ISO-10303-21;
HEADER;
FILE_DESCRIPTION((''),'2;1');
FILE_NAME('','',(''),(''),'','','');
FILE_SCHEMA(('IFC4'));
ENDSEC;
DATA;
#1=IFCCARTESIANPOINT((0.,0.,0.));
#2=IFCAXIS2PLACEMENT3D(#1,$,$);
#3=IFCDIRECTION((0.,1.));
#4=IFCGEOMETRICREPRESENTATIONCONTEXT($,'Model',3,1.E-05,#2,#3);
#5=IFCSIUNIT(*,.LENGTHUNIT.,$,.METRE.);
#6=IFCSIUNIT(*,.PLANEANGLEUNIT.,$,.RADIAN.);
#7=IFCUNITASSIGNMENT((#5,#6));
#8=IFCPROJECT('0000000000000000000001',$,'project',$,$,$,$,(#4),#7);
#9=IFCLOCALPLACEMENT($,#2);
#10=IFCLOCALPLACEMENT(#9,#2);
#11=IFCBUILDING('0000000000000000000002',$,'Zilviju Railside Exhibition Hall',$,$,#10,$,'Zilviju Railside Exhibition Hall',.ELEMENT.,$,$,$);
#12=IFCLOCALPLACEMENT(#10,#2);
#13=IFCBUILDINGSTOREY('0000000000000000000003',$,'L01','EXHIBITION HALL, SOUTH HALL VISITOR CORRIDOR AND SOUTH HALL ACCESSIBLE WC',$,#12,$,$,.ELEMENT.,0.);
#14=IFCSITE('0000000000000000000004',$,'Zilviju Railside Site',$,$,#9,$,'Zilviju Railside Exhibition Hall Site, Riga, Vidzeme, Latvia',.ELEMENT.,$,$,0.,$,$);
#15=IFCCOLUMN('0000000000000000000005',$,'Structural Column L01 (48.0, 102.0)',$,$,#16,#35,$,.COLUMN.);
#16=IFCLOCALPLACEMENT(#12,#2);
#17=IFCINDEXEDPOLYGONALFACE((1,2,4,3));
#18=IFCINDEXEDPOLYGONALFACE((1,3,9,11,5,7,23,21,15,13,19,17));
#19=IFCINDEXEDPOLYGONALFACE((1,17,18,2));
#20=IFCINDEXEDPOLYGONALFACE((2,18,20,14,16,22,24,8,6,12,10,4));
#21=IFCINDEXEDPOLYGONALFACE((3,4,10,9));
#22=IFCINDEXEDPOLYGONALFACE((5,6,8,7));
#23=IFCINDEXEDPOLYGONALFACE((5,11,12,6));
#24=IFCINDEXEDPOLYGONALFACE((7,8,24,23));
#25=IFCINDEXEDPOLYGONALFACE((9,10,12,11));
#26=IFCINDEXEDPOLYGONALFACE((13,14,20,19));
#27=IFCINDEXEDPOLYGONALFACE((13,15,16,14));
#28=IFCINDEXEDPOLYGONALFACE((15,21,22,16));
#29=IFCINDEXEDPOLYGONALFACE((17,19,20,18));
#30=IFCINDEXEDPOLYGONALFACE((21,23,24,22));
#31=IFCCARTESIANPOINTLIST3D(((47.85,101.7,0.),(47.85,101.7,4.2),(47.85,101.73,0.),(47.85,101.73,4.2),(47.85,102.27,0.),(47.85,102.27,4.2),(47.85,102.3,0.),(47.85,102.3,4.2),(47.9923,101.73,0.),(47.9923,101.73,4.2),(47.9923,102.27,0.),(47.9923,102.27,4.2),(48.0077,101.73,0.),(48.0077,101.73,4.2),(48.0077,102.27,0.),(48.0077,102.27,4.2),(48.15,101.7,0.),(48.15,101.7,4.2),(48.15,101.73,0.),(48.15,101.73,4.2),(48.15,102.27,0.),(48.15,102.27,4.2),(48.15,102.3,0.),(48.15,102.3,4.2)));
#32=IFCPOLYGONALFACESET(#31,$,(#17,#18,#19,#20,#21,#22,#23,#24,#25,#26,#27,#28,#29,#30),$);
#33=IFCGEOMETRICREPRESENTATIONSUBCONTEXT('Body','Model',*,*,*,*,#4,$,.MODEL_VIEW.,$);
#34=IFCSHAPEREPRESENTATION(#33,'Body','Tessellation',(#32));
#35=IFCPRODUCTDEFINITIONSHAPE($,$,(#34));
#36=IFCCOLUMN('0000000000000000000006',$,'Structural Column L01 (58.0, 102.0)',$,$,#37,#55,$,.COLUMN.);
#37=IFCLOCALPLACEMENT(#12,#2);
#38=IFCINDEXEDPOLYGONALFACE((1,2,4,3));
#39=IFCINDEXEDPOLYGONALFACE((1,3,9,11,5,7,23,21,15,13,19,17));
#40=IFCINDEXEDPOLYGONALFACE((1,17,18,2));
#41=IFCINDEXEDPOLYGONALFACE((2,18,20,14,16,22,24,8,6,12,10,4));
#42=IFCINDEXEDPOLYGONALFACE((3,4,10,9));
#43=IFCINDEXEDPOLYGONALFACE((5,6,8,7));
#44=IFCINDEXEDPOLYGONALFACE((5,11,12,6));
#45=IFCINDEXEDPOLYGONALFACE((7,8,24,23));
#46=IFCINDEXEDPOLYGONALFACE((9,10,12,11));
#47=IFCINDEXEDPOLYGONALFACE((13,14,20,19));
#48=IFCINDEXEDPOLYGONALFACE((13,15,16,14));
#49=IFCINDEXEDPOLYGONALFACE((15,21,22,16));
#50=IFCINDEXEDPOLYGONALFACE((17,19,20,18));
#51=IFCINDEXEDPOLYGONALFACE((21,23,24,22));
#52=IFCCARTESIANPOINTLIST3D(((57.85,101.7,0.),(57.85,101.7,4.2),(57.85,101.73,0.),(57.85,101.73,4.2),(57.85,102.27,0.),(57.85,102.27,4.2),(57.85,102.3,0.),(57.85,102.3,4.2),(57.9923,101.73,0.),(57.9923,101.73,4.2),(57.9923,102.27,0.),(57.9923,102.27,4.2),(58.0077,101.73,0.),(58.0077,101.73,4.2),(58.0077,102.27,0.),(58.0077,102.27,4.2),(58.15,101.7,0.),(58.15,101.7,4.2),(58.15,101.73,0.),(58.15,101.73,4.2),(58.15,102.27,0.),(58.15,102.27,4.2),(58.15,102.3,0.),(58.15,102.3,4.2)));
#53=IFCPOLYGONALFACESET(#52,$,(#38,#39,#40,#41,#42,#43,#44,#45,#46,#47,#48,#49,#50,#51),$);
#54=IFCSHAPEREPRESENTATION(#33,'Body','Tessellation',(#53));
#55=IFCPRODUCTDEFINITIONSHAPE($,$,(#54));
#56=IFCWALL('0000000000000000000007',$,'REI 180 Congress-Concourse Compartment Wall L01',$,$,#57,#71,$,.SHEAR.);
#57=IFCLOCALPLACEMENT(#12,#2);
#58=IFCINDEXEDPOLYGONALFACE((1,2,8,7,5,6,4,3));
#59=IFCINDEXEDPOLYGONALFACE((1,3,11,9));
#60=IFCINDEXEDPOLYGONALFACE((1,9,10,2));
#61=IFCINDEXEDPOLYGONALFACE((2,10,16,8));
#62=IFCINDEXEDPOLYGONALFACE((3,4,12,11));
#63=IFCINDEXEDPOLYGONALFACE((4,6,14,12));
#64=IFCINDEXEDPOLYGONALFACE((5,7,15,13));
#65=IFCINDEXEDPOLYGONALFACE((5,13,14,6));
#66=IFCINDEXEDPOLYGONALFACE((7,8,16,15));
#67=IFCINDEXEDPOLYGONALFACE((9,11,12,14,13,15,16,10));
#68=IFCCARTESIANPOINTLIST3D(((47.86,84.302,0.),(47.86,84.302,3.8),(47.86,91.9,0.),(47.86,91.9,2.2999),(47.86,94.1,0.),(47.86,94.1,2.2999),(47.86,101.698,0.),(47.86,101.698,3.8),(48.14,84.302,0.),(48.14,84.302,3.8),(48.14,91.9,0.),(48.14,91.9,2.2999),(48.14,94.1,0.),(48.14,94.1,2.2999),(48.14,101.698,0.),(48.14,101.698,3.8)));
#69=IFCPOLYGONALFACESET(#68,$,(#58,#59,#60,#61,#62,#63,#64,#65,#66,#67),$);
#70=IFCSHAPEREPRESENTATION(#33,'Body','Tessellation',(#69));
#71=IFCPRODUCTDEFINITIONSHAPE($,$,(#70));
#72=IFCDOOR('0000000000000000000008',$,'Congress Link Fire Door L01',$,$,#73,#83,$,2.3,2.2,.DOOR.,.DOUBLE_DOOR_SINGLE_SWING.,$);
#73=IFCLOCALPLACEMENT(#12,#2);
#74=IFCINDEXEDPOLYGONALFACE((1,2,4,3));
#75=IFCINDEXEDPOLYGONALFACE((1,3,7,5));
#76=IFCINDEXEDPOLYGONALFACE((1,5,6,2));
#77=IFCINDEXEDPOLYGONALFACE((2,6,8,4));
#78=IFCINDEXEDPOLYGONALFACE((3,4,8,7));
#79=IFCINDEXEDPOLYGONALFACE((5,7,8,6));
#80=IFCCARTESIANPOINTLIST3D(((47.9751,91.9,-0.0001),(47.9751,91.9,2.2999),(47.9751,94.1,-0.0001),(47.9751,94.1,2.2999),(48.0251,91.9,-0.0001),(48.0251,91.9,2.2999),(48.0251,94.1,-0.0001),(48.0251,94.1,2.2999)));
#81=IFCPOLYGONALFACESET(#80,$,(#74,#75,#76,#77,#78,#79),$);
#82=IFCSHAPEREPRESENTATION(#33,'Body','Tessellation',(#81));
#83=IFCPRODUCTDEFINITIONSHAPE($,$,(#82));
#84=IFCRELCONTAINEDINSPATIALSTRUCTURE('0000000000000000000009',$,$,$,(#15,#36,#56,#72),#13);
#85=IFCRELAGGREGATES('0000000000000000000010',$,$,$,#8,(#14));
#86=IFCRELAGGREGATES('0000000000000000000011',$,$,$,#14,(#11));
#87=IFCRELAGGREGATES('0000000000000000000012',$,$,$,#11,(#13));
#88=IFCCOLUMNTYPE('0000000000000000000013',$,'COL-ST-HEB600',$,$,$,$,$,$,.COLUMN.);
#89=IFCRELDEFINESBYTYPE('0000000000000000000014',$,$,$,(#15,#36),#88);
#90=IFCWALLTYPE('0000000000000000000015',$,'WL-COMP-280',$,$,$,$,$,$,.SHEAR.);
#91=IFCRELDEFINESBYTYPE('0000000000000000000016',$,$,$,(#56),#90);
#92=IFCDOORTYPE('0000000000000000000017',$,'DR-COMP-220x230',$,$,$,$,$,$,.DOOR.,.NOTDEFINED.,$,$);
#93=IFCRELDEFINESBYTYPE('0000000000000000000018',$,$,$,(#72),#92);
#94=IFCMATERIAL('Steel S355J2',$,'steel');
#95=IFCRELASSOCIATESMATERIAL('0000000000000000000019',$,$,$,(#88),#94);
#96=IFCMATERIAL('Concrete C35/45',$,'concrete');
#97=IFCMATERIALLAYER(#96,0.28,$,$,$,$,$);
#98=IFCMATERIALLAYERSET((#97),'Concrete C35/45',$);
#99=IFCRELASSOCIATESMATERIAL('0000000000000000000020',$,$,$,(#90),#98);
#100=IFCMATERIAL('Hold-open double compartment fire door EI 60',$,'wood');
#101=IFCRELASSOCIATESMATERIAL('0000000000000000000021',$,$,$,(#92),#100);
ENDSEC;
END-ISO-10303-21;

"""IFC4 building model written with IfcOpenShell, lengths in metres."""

from ifc_helpers import new_model, si_unit, direction, frame, frame_2d, origin, origin_2d, place, context, subcontext, project, spatial, rectangle, i_section, extrude, material, layer, layer_set, material_profile, profile_set, type_object, element, fill, save


model = new_model("IFC4")

# Units and contexts
model_context = context("Model", 3, precision=1e-05, world=origin(), true_north=direction((0.0, 1.0)))
body_context = subcontext(model_context, "Body", "Model", "MODEL_VIEW")
ifc_project = project(units=[si_unit("LENGTHUNIT", "METRE"), si_unit("PLANEANGLEUNIT", "RADIAN")], contexts=[model_context])

# Site, building, storey
site_placement = place(None, origin())
site = spatial("IfcSite", under=ifc_project, at=site_placement, Name="Zilviju Railside Site", LongName="Zilviju Railside Exhibition Hall Site, Riga, Vidzeme, Latvia", CompositionType="ELEMENT", RefElevation=0.0)
building_placement = place(site_placement, origin())
building = spatial("IfcBuilding", under=site, at=building_placement, Name="Zilviju Railside Exhibition Hall", LongName="Zilviju Railside Exhibition Hall", CompositionType="ELEMENT")
storey_placement = place(building_placement, origin())
storey = spatial("IfcBuildingStorey", under=building, at=storey_placement, Name="L01", Description="EXHIBITION HALL, SOUTH HALL VISITOR CORRIDOR AND SOUTH HALL ACCESSIBLE WC", CompositionType="ELEMENT", Elevation=0.0)

# Shared definitions
ifc_material_1 = material(Name="Concrete C35/45", Category="concrete")

# Columns
ifc_material_2 = material(Name="Steel S355J2", Category="steel")
ifc_material_profile_1 = material_profile(ifc_material_2, i_section(OverallWidth=0.3, OverallDepth=0.6001, WebThickness=0.0154, FlangeThickness=0.03, at=origin_2d()), Name="HEB 600")
ifc_profile_set_1 = profile_set([ifc_material_profile_1], Name="Steel S355J2")
column_type = type_object("IfcColumnType", Name="COL-ST-HEB600", PredefinedType="COLUMN", material=ifc_profile_set_1)
for number, where, z_axis, x_axis, name in (
    (1, (48.0, 102.0, 0.0), (0.0, 0.0, 1.0), (1.0, 0.0, 0.0), "Structural Column L01 (48.0, 102.0)"),
    (2, (58.0, 102.0, 0.0), (0.0, 0.0, 1.0), (1.0, 0.0, 0.0), "Structural Column L01 (58.0, 102.0)"),
):
    element("IfcColumn", number, at=place(storey_placement, frame(where, z_axis=z_axis, x_axis=x_axis)), inside=storey, type_object=column_type, Name=name, PredefinedType="COLUMN", context=body_context, shape_type="SweptSolid", body=[
        extrude(i_section(OverallWidth=0.3, OverallDepth=0.6001, WebThickness=0.0154, FlangeThickness=0.03, at=origin_2d()), origin(), (0.0, 0.0, 1.0), 4.2),
    ])

# Wall, opening, door
ifc_layer = layer(ifc_material_1, 0.28)
ifc_layer_set = layer_set([ifc_layer], Name="Concrete C35/45")
wall_type = type_object("IfcWallType", Name="WL-COMP-280", PredefinedType="SHEAR", material=ifc_layer_set)
wall_placement = place(storey_placement, frame((48.0, 84.302, 0.0), z_axis=(0.0, 0.0, 1.0), x_axis=(0.0, 1.0, 0.0)))
wall = element("IfcWall", 3, at=wall_placement, inside=storey, type_object=wall_type, Name="REI 180 Congress-Concourse Compartment Wall L01", PredefinedType="SHEAR", context=body_context, shape_type="SweptSolid", body=[
    extrude(rectangle(XDim=17.396, YDim=0.28, at=frame_2d((8.698, 0.0))), origin(), (0.0, 0.0, 1.0), 3.8),
])
opening_placement = place(wall_placement, frame((7.5979, 0.0, 0.0)))
opening = element("IfcOpeningElement", 4, at=opening_placement, cuts=wall, PredefinedType="OPENING", context=body_context, shape_type="SweptSolid", body=[
    extrude(rectangle(XDim=2.2, YDim=2.3, at=frame_2d((1.1001, 1.1499))), frame((0.0, 0.1499, 0.0), z_axis=(0.0, -1.0, 0.0), x_axis=(1.0, 0.0, 0.0)), (0.0, 0.0, 1.0), 0.3),
])
ifc_material_3 = material(Name="Hold-open double compartment fire door EI 60", Category="wood")
door_type = type_object("IfcDoorType", Name="DR-COMP-220x230", OperationType="NOTDEFINED", PredefinedType="DOOR", material=ifc_material_3)
door_placement = place(opening_placement, origin())
door = element("IfcDoor", 5, at=door_placement, inside=storey, type_object=door_type, Name="Congress Link Fire Door L01", OperationType="DOUBLE_DOOR_SINGLE_SWING", OverallHeight=2.3, OverallWidth=2.2, PredefinedType="DOOR", context=body_context, shape_type="SweptSolid", body=[
    extrude(rectangle(XDim=2.2, YDim=2.3, at=frame_2d((1.1001, 1.1499))), frame((0.0, 0.0249, 0.0), z_axis=(0.0, -1.0, 0.0), x_axis=(1.0, 0.0, 0.0)), (0.0, 0.0, 1.0), 0.05),
])
fill(opening, door)

save(model, "model.ifc")
